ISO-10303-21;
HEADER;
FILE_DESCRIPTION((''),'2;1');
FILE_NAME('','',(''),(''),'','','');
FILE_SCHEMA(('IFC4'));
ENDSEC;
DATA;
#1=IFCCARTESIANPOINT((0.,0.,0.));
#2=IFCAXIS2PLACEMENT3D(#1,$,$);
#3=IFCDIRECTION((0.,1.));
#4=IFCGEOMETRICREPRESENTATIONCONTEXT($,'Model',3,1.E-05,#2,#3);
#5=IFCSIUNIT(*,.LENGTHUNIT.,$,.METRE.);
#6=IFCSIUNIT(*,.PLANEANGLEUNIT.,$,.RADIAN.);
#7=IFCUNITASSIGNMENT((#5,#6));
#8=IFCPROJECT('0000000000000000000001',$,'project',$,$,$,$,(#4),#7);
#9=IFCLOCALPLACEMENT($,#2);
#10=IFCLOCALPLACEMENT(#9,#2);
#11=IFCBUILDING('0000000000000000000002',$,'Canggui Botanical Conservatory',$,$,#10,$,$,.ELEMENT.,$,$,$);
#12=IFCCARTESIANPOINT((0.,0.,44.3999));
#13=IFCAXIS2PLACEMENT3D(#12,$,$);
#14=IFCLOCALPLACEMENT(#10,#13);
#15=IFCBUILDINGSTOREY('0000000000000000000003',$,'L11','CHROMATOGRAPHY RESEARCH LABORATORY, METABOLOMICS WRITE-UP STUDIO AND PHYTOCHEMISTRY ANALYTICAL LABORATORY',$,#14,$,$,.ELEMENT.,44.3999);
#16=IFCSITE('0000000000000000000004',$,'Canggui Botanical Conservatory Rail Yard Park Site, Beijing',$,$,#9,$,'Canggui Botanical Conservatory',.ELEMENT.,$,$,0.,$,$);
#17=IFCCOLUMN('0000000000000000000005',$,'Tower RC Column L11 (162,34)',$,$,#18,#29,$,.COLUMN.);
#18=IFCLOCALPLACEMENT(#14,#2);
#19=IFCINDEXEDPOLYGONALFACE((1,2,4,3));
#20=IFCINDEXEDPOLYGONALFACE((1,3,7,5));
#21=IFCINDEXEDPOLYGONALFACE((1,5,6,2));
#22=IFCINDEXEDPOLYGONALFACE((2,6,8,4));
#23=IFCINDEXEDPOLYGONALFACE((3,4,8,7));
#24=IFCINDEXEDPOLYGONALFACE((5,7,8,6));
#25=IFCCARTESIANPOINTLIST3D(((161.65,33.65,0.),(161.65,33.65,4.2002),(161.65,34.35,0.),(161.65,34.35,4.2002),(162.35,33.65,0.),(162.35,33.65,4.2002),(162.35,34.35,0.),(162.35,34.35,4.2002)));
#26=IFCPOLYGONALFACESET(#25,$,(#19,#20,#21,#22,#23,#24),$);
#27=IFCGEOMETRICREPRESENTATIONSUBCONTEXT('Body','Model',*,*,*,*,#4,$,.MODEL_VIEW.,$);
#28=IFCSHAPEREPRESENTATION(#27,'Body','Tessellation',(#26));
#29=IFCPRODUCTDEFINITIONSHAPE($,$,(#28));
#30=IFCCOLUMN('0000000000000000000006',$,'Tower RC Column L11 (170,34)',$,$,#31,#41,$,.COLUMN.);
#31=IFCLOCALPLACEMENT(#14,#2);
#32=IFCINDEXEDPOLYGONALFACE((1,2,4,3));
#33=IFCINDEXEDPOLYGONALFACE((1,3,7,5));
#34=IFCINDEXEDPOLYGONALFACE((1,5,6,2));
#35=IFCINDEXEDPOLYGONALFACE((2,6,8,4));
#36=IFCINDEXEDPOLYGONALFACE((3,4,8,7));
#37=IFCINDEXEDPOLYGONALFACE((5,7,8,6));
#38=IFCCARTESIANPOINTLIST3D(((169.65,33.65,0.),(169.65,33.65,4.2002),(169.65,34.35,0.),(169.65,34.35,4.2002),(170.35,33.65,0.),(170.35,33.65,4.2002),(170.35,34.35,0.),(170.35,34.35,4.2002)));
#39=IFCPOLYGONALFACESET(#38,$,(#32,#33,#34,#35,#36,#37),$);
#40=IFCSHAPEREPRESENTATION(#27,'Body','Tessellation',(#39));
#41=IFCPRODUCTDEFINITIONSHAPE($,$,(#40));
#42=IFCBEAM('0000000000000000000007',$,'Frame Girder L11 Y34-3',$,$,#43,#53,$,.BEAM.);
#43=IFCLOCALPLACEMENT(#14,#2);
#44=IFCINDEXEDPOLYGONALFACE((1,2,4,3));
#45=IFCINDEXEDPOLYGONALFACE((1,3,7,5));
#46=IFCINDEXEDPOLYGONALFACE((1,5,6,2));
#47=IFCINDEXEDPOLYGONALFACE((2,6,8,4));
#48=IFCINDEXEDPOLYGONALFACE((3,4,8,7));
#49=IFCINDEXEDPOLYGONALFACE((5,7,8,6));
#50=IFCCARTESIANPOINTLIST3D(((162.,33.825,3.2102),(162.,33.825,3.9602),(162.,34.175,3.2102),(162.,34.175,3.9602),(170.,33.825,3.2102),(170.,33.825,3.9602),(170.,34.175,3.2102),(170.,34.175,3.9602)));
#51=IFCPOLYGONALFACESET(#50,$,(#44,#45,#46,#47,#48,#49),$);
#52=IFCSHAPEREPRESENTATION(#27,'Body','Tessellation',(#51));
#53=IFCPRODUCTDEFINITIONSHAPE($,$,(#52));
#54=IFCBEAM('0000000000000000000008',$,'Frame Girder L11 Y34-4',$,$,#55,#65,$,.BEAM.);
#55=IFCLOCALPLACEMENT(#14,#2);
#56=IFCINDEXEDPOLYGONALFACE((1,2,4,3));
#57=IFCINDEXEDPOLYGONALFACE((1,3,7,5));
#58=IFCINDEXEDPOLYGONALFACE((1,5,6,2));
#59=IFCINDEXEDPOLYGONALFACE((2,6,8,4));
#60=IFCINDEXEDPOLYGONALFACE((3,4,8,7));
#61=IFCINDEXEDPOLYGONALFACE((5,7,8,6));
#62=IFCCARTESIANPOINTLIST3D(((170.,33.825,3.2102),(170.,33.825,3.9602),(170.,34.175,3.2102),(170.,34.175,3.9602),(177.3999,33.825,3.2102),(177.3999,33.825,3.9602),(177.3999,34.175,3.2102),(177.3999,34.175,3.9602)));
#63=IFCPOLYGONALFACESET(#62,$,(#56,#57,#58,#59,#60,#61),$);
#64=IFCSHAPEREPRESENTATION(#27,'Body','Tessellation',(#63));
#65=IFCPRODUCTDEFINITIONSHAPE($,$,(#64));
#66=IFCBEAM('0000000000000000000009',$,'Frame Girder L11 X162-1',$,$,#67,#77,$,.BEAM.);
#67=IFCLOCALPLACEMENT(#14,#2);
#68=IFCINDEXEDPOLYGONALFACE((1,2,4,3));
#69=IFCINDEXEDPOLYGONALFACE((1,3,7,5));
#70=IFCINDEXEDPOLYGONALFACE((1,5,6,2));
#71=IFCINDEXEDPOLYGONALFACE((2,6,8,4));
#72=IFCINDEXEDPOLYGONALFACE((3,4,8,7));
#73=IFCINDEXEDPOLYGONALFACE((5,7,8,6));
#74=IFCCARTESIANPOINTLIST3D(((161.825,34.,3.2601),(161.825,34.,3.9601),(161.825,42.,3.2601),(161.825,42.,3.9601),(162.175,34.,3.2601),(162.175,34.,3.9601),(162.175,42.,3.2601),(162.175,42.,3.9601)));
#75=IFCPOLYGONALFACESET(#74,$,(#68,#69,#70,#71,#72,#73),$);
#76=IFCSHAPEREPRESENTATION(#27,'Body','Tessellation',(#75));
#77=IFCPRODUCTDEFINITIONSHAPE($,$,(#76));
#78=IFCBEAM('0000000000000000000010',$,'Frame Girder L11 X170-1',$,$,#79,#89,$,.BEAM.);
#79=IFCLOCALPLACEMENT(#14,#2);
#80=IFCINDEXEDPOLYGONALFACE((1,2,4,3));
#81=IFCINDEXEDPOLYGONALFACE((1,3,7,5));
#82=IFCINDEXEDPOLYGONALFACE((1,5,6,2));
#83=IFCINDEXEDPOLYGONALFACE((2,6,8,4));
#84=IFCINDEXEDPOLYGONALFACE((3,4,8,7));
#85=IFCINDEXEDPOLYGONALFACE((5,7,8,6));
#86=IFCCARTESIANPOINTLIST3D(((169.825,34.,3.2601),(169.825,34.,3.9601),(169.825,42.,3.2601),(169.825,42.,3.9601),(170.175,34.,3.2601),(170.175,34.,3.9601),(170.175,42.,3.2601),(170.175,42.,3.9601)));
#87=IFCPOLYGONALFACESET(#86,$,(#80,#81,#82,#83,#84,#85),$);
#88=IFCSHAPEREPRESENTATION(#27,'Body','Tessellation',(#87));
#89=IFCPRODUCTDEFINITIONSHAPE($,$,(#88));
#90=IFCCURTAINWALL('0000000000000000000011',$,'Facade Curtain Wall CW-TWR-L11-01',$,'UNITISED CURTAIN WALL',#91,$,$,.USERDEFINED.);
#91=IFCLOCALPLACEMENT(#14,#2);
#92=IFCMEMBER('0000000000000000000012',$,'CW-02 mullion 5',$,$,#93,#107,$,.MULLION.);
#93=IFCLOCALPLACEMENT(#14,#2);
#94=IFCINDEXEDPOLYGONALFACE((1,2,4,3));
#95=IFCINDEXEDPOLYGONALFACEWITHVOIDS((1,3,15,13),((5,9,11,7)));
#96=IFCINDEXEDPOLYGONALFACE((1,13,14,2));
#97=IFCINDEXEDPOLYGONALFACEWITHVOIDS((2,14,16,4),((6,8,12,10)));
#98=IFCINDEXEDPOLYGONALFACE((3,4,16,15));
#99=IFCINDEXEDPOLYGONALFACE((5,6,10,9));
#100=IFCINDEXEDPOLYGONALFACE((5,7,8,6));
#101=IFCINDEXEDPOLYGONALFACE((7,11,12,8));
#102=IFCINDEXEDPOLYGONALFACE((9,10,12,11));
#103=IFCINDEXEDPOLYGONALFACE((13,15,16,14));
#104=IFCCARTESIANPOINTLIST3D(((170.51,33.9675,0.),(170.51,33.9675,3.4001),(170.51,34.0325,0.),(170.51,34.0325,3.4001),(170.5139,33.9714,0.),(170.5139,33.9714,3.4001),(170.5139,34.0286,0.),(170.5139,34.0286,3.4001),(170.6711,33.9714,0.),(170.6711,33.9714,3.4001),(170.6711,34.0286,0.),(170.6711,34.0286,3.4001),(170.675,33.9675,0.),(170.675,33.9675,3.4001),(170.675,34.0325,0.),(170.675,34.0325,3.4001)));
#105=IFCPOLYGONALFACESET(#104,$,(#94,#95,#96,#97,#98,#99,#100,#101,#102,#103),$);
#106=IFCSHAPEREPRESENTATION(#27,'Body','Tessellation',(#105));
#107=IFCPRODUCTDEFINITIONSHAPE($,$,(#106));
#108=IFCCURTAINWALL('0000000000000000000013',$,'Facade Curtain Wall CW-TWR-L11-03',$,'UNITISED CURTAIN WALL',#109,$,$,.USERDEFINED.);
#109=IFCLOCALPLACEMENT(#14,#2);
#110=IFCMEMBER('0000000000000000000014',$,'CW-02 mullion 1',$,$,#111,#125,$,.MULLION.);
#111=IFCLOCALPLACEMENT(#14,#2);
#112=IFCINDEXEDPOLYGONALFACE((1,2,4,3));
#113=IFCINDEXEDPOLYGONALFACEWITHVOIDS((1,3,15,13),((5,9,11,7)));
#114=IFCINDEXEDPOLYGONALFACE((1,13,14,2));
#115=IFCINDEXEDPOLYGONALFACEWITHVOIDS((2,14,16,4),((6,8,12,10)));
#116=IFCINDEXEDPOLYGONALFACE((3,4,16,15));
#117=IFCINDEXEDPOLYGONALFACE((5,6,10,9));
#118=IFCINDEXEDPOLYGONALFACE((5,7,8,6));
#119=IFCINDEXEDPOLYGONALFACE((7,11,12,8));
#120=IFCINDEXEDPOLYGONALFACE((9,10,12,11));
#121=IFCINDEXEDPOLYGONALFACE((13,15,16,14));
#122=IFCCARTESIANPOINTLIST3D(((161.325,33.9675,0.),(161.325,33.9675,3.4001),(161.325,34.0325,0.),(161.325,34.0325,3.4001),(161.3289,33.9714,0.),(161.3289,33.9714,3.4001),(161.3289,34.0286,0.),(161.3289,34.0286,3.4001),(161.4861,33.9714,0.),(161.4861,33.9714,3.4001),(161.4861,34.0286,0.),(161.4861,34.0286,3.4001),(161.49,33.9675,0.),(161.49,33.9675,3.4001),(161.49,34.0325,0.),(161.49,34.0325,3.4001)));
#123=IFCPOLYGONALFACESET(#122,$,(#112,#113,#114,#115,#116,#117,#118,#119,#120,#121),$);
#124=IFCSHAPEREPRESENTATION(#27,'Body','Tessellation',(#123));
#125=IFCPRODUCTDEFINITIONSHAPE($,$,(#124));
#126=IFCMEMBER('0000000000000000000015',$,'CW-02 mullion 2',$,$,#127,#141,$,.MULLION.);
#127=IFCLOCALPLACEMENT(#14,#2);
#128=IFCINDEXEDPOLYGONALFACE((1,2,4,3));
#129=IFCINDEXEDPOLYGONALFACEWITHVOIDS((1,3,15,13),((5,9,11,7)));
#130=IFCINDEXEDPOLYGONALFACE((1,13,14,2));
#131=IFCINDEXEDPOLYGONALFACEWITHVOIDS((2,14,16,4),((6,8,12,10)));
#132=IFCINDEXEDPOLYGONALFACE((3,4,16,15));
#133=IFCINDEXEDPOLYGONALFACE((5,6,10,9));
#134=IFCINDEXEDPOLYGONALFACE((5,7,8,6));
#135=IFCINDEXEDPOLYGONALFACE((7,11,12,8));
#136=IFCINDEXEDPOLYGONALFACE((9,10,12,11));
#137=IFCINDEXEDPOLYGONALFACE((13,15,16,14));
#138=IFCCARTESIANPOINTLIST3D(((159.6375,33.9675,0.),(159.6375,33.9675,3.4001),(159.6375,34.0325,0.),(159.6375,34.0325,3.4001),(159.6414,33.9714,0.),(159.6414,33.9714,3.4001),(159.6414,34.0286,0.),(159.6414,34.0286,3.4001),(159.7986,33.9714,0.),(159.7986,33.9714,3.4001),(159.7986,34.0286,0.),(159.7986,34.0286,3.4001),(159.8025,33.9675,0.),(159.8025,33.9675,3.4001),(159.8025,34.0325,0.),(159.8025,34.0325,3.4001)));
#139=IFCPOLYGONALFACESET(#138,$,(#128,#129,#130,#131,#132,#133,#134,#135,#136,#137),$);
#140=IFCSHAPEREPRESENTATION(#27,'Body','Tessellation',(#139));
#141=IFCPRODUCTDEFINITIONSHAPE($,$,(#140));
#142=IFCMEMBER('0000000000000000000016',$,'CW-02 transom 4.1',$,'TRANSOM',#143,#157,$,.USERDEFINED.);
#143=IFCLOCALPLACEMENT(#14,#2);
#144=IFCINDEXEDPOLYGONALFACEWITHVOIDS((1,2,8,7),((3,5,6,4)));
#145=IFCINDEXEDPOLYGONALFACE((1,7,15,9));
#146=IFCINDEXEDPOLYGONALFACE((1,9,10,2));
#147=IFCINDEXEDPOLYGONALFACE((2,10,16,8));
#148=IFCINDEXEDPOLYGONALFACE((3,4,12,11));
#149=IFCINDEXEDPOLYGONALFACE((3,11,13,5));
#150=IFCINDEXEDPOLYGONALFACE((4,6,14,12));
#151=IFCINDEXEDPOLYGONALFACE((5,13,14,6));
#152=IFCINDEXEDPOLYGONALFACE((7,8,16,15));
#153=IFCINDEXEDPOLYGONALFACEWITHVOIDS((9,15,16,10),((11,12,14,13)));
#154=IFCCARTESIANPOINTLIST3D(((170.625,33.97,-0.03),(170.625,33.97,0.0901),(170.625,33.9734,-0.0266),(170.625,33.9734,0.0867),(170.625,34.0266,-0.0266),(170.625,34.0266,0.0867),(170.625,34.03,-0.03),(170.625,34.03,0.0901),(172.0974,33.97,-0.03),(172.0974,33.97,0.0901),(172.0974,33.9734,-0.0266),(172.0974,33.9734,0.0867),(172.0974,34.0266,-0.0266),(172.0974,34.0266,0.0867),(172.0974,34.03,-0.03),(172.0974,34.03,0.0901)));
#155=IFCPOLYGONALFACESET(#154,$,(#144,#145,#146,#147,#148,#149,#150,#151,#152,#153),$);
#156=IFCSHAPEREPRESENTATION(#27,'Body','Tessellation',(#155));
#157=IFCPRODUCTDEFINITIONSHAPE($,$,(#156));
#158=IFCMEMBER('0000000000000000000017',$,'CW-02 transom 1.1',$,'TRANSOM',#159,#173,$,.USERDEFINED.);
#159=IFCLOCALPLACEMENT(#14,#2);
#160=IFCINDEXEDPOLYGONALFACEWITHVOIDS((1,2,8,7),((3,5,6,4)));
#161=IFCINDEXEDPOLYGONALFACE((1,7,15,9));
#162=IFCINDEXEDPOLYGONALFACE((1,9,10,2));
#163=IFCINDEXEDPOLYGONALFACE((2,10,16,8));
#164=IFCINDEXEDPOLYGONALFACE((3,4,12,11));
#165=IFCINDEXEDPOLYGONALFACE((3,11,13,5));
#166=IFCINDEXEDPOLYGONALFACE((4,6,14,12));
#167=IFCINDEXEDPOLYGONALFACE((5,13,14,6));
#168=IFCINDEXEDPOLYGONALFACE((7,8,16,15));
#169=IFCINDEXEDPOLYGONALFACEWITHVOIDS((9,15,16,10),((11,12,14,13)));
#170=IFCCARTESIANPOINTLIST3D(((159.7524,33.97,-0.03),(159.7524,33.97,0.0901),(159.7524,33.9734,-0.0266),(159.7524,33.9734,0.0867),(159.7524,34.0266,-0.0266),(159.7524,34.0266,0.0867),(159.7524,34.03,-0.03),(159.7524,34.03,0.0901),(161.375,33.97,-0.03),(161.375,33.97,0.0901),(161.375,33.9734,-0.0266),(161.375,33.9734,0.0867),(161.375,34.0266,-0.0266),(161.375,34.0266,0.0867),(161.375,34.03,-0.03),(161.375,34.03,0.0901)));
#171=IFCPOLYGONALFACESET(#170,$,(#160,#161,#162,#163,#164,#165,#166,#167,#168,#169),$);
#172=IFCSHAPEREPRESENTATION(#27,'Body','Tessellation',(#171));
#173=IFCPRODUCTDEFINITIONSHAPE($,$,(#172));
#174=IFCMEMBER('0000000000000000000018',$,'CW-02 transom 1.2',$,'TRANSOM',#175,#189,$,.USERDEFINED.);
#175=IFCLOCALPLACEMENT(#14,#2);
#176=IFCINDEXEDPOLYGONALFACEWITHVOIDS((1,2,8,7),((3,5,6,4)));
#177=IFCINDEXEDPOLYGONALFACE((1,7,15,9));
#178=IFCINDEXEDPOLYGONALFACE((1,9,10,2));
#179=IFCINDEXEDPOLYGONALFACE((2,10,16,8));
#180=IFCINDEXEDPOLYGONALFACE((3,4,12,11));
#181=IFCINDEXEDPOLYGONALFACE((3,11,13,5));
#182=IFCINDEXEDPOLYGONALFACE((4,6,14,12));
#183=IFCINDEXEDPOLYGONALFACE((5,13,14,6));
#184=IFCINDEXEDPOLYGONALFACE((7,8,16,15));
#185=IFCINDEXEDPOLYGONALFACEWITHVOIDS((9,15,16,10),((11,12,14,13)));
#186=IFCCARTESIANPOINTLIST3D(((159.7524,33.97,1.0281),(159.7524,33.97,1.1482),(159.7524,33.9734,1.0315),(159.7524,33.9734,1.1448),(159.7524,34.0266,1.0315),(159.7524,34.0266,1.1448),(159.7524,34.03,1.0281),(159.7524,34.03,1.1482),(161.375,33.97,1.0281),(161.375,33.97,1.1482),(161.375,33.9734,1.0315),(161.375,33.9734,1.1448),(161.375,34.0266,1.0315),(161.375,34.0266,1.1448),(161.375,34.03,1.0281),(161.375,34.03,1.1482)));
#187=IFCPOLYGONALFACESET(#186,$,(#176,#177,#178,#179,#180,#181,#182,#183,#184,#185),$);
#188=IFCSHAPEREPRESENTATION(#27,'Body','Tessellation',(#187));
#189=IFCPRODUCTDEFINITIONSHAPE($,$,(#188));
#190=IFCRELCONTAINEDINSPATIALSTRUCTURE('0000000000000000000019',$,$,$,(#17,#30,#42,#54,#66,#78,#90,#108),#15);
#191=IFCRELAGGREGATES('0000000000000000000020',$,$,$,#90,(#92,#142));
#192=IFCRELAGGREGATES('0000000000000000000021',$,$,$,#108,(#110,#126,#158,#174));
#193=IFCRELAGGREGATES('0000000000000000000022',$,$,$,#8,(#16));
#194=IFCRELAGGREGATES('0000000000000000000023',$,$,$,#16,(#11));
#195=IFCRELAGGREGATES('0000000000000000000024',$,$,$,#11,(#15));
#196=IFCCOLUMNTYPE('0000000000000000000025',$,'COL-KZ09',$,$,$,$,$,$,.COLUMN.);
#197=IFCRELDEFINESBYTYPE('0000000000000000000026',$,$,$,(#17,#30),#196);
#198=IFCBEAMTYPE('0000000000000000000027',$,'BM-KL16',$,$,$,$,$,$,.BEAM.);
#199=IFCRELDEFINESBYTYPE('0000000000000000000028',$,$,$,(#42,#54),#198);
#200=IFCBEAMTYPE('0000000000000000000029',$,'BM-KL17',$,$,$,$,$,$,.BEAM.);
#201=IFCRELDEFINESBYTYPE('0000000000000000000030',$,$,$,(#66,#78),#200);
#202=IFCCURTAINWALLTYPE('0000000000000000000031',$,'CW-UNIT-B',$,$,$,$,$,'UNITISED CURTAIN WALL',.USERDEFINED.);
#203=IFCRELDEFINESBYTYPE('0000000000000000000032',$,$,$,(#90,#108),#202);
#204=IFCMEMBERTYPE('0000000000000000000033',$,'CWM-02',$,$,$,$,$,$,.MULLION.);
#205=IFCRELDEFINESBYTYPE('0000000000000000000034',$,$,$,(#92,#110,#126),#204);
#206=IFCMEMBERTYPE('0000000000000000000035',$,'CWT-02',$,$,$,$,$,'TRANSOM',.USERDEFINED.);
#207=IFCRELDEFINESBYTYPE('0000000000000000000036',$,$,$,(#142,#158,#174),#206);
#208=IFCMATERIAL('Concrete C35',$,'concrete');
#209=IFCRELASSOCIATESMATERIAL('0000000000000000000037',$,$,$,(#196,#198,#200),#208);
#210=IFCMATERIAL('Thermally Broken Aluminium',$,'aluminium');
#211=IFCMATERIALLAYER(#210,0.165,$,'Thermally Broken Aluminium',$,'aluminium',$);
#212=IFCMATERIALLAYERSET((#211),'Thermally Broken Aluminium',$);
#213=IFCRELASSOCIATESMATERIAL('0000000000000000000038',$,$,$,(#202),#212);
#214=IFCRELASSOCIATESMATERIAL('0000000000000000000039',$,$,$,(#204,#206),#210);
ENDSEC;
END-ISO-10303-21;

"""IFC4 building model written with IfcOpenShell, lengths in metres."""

from ifc_helpers import new_model, si_unit, direction, frame, origin, origin_2d, place, context, subcontext, project, spatial, rectangle, hollow_rectangle, extrude, material, layer, layer_set, material_profile, profile_set, type_object, element, aggregate, save


model = new_model("IFC4")

# Units and contexts
model_context = context("Model", 3, precision=1e-05, world=origin(), true_north=direction((0.0, 1.0)))
body_context = subcontext(model_context, "Body", "Model", "MODEL_VIEW")
ifc_project = project(units=[si_unit("LENGTHUNIT", "METRE"), si_unit("PLANEANGLEUNIT", "RADIAN")], contexts=[model_context])

# Site, building, storey
site_placement = place(None, origin())
site = spatial("IfcSite", under=ifc_project, at=site_placement, Name="Canggui Botanical Conservatory Rail Yard Park Site, Beijing", LongName="Canggui Botanical Conservatory", CompositionType="ELEMENT", RefElevation=0.0)
building_placement = place(site_placement, origin())
building = spatial("IfcBuilding", under=site, at=building_placement, Name="Canggui Botanical Conservatory", CompositionType="ELEMENT")
storey_placement = place(building_placement, frame((0.0, 0.0, 44.3999)))
storey = spatial("IfcBuildingStorey", under=building, at=storey_placement, Name="L11", Description="CHROMATOGRAPHY RESEARCH LABORATORY, METABOLOMICS WRITE-UP STUDIO AND PHYTOCHEMISTRY ANALYTICAL LABORATORY", CompositionType="ELEMENT", Elevation=44.3999)

# Columns
ifc_material_1 = material(Name="Concrete C35", Category="concrete")
ifc_material_profile_1 = material_profile(ifc_material_1, rectangle(XDim=0.7, YDim=0.7, at=origin_2d()), Name="RC 700x700")
ifc_profile_set_1 = profile_set([ifc_material_profile_1], Name="Concrete C35")
column_type = type_object("IfcColumnType", Name="COL-KZ09", PredefinedType="COLUMN", material=ifc_profile_set_1)
for number, where, z_axis, x_axis, name in (
    (1, (162.0, 34.0, 0.0), (0.0, 0.0, 1.0), (1.0, 0.0, 0.0), "Tower RC Column L11 (162,34)"),
    (2, (170.0, 34.0, 0.0), (0.0, 0.0, 1.0), (1.0, 0.0, 0.0), "Tower RC Column L11 (170,34)"),
):
    element("IfcColumn", number, at=place(storey_placement, frame(where, z_axis=z_axis, x_axis=x_axis)), inside=storey, type_object=column_type, Name=name, PredefinedType="COLUMN", context=body_context, shape_type="SweptSolid", body=[
        extrude(rectangle(XDim=0.7, YDim=0.7, at=origin_2d()), origin(), (0.0, 0.0, 1.0), 4.2002),
    ])

# Beams
ifc_material_profile_2 = material_profile(ifc_material_1, rectangle(XDim=0.3501, YDim=0.75, at=origin_2d()), Name="RB 350x750")
ifc_profile_set_2 = profile_set([ifc_material_profile_2], Name="Concrete C35")
beam_type_1 = type_object("IfcBeamType", Name="BM-KL16", PredefinedType="BEAM", material=ifc_profile_set_2)
beam_1_placement = place(storey_placement, frame((162.0, 34.0, 3.5852), z_axis=(1.0, 0.0, 0.0), x_axis=(0.0, 1.0, 0.0)))
element("IfcBeam", 3, at=beam_1_placement, inside=storey, type_object=beam_type_1, Name="Frame Girder L11 Y34-3", PredefinedType="BEAM", context=body_context, shape_type="SweptSolid", body=[
    extrude(rectangle(XDim=0.3501, YDim=0.75, at=origin_2d()), origin(), (0.0, 0.0, 1.0), 8.0),
])
beam_2_placement = place(storey_placement, frame((170.0, 34.0, 3.5852), z_axis=(1.0, 0.0, 0.0), x_axis=(0.0, 1.0, 0.0)))
element("IfcBeam", 4, at=beam_2_placement, inside=storey, type_object=beam_type_1, Name="Frame Girder L11 Y34-4", PredefinedType="BEAM", context=body_context, shape_type="SweptSolid", body=[
    extrude(rectangle(XDim=0.3501, YDim=0.75, at=origin_2d()), origin(), (0.0, 0.0, 1.0), 7.3999),
])
ifc_material_profile_3 = material_profile(ifc_material_1, rectangle(XDim=0.3501, YDim=0.7, at=origin_2d()), Name="RB 350x700")
ifc_profile_set_3 = profile_set([ifc_material_profile_3], Name="Concrete C35")
beam_type_2 = type_object("IfcBeamType", Name="BM-KL17", PredefinedType="BEAM", material=ifc_profile_set_3)
for number, where, z_axis, x_axis, name in (
    (5, (162.0, 34.0, 3.6101), (0.0, 1.0, 0.0), (-1.0, 0.0, 0.0), "Frame Girder L11 X162-1"),
    (6, (170.0, 34.0, 3.6101), (0.0, 1.0, 0.0), (-1.0, 0.0, 0.0), "Frame Girder L11 X170-1"),
):
    element("IfcBeam", number, at=place(storey_placement, frame(where, z_axis=z_axis, x_axis=x_axis)), inside=storey, type_object=beam_type_2, Name=name, PredefinedType="BEAM", context=body_context, shape_type="SweptSolid", body=[
        extrude(rectangle(XDim=0.3501, YDim=0.7, at=origin_2d()), origin(), (0.0, 0.0, 1.0), 8.0),
    ])

# Curtain wall, member
ifc_material_2 = material(Name="Thermally Broken Aluminium", Category="aluminium")
ifc_layer_1 = layer(ifc_material_2, 0.165, Name="Thermally Broken Aluminium", Category="aluminium")
ifc_layer_set_1 = layer_set([ifc_layer_1], Name="Thermally Broken Aluminium")
curtain_wall_type = type_object("IfcCurtainWallType", Name="CW-UNIT-B", ElementType="UNITISED CURTAIN WALL", PredefinedType="USERDEFINED", material=ifc_layer_set_1)
curtain_wall_1_placement = place(storey_placement, origin())
curtain_wall_1 = element("IfcCurtainWall", 7, at=curtain_wall_1_placement, inside=storey, type_object=curtain_wall_type, Name="Facade Curtain Wall CW-TWR-L11-01", ObjectType="UNITISED CURTAIN WALL", PredefinedType="USERDEFINED")
ifc_material_profile_4 = material_profile(ifc_material_2, hollow_rectangle(XDim=0.0649, YDim=0.165, WallThickness=0.0039, at=origin_2d()), Name="CWM 65x165x4")
ifc_profile_set_4 = profile_set([ifc_material_profile_4], Name="Thermally Broken Aluminium")
member_type_1 = type_object("IfcMemberType", Name="CWM-02", PredefinedType="MULLION", material=ifc_profile_set_4)
member_1_placement = place(storey_placement, frame((170.5925, 34.0, 0.0), z_axis=(0.0, 0.0, 1.0), x_axis=(0.0, -1.0, 0.0)))
member_1 = element("IfcMember", 8, at=member_1_placement, type_object=member_type_1, Name="CW-02 mullion 5", PredefinedType="MULLION", context=body_context, shape_type="SweptSolid", body=[
    extrude(hollow_rectangle(XDim=0.0649, YDim=0.165, WallThickness=0.0039, at=origin_2d()), origin(), (0.0, 0.0, 1.0), 3.4001),
])

# Curtain wall, members
curtain_wall_2_placement = place(storey_placement, origin())
curtain_wall_2 = element("IfcCurtainWall", 9, at=curtain_wall_2_placement, inside=storey, type_object=curtain_wall_type, Name="Facade Curtain Wall CW-TWR-L11-03", ObjectType="UNITISED CURTAIN WALL", PredefinedType="USERDEFINED")
member_2_placement = place(storey_placement, frame((161.4075, 34.0, 0.0), z_axis=(0.0, 0.0, 1.0), x_axis=(0.0, -1.0, 0.0)))
member_2 = element("IfcMember", 10, at=member_2_placement, type_object=member_type_1, Name="CW-02 mullion 1", PredefinedType="MULLION", context=body_context, shape_type="SweptSolid", body=[
    extrude(hollow_rectangle(XDim=0.0649, YDim=0.165, WallThickness=0.0039, at=origin_2d()), origin(), (0.0, 0.0, 1.0), 3.4001),
])
member_3_placement = place(storey_placement, frame((159.72, 34.0, 0.0), z_axis=(0.0, 0.0, 1.0), x_axis=(0.0, -1.0, 0.0)))
member_3 = element("IfcMember", 11, at=member_3_placement, type_object=member_type_1, Name="CW-02 mullion 2", PredefinedType="MULLION", context=body_context, shape_type="SweptSolid", body=[
    extrude(hollow_rectangle(XDim=0.0649, YDim=0.165, WallThickness=0.0039, at=origin_2d()), origin(), (0.0, 0.0, 1.0), 3.4001),
])

# Members
ifc_material_profile_5 = material_profile(ifc_material_2, hollow_rectangle(XDim=0.0601, YDim=0.1201, WallThickness=0.0034, at=origin_2d()), Name="CWT 60x120x3.5")
ifc_profile_set_5 = profile_set([ifc_material_profile_5], Name="Thermally Broken Aluminium")
member_type_2 = type_object("IfcMemberType", Name="CWT-02", ElementType="TRANSOM", PredefinedType="USERDEFINED", material=ifc_profile_set_5)
member_4_placement = place(storey_placement, frame((172.0974, 34.0, 0.03), z_axis=(-1.0, 0.0, 0.0), x_axis=(0.0, -1.0, 0.0)))
member_4 = element("IfcMember", 12, at=member_4_placement, type_object=member_type_2, Name="CW-02 transom 4.1", ObjectType="TRANSOM", PredefinedType="USERDEFINED", context=body_context, shape_type="SweptSolid", body=[
    extrude(hollow_rectangle(XDim=0.0601, YDim=0.1201, WallThickness=0.0034, at=origin_2d()), origin(), (0.0, 0.0, 1.0), 1.4724),
])
member_5_placement = place(storey_placement, frame((161.375, 34.0, 0.03), z_axis=(-1.0, 0.0, 0.0), x_axis=(0.0, -1.0, 0.0)))
member_5 = element("IfcMember", 13, at=member_5_placement, type_object=member_type_2, Name="CW-02 transom 1.1", ObjectType="TRANSOM", PredefinedType="USERDEFINED", context=body_context, shape_type="SweptSolid", body=[
    extrude(hollow_rectangle(XDim=0.0601, YDim=0.1201, WallThickness=0.0034, at=origin_2d()), origin(), (0.0, 0.0, 1.0), 1.6226),
])
member_6_placement = place(storey_placement, frame((161.375, 34.0, 1.0881), z_axis=(-1.0, 0.0, 0.0), x_axis=(0.0, -1.0, 0.0)))
member_6 = element("IfcMember", 14, at=member_6_placement, type_object=member_type_2, Name="CW-02 transom 1.2", ObjectType="TRANSOM", PredefinedType="USERDEFINED", context=body_context, shape_type="SweptSolid", body=[
    extrude(hollow_rectangle(XDim=0.0601, YDim=0.1201, WallThickness=0.0034, at=origin_2d()), origin(), (0.0, 0.0, 1.0), 1.6226),
])

aggregate(curtain_wall_1, [member_1, member_4])
aggregate(curtain_wall_2, [member_2, member_3, member_5, member_6])

save(model, "model.ifc")
